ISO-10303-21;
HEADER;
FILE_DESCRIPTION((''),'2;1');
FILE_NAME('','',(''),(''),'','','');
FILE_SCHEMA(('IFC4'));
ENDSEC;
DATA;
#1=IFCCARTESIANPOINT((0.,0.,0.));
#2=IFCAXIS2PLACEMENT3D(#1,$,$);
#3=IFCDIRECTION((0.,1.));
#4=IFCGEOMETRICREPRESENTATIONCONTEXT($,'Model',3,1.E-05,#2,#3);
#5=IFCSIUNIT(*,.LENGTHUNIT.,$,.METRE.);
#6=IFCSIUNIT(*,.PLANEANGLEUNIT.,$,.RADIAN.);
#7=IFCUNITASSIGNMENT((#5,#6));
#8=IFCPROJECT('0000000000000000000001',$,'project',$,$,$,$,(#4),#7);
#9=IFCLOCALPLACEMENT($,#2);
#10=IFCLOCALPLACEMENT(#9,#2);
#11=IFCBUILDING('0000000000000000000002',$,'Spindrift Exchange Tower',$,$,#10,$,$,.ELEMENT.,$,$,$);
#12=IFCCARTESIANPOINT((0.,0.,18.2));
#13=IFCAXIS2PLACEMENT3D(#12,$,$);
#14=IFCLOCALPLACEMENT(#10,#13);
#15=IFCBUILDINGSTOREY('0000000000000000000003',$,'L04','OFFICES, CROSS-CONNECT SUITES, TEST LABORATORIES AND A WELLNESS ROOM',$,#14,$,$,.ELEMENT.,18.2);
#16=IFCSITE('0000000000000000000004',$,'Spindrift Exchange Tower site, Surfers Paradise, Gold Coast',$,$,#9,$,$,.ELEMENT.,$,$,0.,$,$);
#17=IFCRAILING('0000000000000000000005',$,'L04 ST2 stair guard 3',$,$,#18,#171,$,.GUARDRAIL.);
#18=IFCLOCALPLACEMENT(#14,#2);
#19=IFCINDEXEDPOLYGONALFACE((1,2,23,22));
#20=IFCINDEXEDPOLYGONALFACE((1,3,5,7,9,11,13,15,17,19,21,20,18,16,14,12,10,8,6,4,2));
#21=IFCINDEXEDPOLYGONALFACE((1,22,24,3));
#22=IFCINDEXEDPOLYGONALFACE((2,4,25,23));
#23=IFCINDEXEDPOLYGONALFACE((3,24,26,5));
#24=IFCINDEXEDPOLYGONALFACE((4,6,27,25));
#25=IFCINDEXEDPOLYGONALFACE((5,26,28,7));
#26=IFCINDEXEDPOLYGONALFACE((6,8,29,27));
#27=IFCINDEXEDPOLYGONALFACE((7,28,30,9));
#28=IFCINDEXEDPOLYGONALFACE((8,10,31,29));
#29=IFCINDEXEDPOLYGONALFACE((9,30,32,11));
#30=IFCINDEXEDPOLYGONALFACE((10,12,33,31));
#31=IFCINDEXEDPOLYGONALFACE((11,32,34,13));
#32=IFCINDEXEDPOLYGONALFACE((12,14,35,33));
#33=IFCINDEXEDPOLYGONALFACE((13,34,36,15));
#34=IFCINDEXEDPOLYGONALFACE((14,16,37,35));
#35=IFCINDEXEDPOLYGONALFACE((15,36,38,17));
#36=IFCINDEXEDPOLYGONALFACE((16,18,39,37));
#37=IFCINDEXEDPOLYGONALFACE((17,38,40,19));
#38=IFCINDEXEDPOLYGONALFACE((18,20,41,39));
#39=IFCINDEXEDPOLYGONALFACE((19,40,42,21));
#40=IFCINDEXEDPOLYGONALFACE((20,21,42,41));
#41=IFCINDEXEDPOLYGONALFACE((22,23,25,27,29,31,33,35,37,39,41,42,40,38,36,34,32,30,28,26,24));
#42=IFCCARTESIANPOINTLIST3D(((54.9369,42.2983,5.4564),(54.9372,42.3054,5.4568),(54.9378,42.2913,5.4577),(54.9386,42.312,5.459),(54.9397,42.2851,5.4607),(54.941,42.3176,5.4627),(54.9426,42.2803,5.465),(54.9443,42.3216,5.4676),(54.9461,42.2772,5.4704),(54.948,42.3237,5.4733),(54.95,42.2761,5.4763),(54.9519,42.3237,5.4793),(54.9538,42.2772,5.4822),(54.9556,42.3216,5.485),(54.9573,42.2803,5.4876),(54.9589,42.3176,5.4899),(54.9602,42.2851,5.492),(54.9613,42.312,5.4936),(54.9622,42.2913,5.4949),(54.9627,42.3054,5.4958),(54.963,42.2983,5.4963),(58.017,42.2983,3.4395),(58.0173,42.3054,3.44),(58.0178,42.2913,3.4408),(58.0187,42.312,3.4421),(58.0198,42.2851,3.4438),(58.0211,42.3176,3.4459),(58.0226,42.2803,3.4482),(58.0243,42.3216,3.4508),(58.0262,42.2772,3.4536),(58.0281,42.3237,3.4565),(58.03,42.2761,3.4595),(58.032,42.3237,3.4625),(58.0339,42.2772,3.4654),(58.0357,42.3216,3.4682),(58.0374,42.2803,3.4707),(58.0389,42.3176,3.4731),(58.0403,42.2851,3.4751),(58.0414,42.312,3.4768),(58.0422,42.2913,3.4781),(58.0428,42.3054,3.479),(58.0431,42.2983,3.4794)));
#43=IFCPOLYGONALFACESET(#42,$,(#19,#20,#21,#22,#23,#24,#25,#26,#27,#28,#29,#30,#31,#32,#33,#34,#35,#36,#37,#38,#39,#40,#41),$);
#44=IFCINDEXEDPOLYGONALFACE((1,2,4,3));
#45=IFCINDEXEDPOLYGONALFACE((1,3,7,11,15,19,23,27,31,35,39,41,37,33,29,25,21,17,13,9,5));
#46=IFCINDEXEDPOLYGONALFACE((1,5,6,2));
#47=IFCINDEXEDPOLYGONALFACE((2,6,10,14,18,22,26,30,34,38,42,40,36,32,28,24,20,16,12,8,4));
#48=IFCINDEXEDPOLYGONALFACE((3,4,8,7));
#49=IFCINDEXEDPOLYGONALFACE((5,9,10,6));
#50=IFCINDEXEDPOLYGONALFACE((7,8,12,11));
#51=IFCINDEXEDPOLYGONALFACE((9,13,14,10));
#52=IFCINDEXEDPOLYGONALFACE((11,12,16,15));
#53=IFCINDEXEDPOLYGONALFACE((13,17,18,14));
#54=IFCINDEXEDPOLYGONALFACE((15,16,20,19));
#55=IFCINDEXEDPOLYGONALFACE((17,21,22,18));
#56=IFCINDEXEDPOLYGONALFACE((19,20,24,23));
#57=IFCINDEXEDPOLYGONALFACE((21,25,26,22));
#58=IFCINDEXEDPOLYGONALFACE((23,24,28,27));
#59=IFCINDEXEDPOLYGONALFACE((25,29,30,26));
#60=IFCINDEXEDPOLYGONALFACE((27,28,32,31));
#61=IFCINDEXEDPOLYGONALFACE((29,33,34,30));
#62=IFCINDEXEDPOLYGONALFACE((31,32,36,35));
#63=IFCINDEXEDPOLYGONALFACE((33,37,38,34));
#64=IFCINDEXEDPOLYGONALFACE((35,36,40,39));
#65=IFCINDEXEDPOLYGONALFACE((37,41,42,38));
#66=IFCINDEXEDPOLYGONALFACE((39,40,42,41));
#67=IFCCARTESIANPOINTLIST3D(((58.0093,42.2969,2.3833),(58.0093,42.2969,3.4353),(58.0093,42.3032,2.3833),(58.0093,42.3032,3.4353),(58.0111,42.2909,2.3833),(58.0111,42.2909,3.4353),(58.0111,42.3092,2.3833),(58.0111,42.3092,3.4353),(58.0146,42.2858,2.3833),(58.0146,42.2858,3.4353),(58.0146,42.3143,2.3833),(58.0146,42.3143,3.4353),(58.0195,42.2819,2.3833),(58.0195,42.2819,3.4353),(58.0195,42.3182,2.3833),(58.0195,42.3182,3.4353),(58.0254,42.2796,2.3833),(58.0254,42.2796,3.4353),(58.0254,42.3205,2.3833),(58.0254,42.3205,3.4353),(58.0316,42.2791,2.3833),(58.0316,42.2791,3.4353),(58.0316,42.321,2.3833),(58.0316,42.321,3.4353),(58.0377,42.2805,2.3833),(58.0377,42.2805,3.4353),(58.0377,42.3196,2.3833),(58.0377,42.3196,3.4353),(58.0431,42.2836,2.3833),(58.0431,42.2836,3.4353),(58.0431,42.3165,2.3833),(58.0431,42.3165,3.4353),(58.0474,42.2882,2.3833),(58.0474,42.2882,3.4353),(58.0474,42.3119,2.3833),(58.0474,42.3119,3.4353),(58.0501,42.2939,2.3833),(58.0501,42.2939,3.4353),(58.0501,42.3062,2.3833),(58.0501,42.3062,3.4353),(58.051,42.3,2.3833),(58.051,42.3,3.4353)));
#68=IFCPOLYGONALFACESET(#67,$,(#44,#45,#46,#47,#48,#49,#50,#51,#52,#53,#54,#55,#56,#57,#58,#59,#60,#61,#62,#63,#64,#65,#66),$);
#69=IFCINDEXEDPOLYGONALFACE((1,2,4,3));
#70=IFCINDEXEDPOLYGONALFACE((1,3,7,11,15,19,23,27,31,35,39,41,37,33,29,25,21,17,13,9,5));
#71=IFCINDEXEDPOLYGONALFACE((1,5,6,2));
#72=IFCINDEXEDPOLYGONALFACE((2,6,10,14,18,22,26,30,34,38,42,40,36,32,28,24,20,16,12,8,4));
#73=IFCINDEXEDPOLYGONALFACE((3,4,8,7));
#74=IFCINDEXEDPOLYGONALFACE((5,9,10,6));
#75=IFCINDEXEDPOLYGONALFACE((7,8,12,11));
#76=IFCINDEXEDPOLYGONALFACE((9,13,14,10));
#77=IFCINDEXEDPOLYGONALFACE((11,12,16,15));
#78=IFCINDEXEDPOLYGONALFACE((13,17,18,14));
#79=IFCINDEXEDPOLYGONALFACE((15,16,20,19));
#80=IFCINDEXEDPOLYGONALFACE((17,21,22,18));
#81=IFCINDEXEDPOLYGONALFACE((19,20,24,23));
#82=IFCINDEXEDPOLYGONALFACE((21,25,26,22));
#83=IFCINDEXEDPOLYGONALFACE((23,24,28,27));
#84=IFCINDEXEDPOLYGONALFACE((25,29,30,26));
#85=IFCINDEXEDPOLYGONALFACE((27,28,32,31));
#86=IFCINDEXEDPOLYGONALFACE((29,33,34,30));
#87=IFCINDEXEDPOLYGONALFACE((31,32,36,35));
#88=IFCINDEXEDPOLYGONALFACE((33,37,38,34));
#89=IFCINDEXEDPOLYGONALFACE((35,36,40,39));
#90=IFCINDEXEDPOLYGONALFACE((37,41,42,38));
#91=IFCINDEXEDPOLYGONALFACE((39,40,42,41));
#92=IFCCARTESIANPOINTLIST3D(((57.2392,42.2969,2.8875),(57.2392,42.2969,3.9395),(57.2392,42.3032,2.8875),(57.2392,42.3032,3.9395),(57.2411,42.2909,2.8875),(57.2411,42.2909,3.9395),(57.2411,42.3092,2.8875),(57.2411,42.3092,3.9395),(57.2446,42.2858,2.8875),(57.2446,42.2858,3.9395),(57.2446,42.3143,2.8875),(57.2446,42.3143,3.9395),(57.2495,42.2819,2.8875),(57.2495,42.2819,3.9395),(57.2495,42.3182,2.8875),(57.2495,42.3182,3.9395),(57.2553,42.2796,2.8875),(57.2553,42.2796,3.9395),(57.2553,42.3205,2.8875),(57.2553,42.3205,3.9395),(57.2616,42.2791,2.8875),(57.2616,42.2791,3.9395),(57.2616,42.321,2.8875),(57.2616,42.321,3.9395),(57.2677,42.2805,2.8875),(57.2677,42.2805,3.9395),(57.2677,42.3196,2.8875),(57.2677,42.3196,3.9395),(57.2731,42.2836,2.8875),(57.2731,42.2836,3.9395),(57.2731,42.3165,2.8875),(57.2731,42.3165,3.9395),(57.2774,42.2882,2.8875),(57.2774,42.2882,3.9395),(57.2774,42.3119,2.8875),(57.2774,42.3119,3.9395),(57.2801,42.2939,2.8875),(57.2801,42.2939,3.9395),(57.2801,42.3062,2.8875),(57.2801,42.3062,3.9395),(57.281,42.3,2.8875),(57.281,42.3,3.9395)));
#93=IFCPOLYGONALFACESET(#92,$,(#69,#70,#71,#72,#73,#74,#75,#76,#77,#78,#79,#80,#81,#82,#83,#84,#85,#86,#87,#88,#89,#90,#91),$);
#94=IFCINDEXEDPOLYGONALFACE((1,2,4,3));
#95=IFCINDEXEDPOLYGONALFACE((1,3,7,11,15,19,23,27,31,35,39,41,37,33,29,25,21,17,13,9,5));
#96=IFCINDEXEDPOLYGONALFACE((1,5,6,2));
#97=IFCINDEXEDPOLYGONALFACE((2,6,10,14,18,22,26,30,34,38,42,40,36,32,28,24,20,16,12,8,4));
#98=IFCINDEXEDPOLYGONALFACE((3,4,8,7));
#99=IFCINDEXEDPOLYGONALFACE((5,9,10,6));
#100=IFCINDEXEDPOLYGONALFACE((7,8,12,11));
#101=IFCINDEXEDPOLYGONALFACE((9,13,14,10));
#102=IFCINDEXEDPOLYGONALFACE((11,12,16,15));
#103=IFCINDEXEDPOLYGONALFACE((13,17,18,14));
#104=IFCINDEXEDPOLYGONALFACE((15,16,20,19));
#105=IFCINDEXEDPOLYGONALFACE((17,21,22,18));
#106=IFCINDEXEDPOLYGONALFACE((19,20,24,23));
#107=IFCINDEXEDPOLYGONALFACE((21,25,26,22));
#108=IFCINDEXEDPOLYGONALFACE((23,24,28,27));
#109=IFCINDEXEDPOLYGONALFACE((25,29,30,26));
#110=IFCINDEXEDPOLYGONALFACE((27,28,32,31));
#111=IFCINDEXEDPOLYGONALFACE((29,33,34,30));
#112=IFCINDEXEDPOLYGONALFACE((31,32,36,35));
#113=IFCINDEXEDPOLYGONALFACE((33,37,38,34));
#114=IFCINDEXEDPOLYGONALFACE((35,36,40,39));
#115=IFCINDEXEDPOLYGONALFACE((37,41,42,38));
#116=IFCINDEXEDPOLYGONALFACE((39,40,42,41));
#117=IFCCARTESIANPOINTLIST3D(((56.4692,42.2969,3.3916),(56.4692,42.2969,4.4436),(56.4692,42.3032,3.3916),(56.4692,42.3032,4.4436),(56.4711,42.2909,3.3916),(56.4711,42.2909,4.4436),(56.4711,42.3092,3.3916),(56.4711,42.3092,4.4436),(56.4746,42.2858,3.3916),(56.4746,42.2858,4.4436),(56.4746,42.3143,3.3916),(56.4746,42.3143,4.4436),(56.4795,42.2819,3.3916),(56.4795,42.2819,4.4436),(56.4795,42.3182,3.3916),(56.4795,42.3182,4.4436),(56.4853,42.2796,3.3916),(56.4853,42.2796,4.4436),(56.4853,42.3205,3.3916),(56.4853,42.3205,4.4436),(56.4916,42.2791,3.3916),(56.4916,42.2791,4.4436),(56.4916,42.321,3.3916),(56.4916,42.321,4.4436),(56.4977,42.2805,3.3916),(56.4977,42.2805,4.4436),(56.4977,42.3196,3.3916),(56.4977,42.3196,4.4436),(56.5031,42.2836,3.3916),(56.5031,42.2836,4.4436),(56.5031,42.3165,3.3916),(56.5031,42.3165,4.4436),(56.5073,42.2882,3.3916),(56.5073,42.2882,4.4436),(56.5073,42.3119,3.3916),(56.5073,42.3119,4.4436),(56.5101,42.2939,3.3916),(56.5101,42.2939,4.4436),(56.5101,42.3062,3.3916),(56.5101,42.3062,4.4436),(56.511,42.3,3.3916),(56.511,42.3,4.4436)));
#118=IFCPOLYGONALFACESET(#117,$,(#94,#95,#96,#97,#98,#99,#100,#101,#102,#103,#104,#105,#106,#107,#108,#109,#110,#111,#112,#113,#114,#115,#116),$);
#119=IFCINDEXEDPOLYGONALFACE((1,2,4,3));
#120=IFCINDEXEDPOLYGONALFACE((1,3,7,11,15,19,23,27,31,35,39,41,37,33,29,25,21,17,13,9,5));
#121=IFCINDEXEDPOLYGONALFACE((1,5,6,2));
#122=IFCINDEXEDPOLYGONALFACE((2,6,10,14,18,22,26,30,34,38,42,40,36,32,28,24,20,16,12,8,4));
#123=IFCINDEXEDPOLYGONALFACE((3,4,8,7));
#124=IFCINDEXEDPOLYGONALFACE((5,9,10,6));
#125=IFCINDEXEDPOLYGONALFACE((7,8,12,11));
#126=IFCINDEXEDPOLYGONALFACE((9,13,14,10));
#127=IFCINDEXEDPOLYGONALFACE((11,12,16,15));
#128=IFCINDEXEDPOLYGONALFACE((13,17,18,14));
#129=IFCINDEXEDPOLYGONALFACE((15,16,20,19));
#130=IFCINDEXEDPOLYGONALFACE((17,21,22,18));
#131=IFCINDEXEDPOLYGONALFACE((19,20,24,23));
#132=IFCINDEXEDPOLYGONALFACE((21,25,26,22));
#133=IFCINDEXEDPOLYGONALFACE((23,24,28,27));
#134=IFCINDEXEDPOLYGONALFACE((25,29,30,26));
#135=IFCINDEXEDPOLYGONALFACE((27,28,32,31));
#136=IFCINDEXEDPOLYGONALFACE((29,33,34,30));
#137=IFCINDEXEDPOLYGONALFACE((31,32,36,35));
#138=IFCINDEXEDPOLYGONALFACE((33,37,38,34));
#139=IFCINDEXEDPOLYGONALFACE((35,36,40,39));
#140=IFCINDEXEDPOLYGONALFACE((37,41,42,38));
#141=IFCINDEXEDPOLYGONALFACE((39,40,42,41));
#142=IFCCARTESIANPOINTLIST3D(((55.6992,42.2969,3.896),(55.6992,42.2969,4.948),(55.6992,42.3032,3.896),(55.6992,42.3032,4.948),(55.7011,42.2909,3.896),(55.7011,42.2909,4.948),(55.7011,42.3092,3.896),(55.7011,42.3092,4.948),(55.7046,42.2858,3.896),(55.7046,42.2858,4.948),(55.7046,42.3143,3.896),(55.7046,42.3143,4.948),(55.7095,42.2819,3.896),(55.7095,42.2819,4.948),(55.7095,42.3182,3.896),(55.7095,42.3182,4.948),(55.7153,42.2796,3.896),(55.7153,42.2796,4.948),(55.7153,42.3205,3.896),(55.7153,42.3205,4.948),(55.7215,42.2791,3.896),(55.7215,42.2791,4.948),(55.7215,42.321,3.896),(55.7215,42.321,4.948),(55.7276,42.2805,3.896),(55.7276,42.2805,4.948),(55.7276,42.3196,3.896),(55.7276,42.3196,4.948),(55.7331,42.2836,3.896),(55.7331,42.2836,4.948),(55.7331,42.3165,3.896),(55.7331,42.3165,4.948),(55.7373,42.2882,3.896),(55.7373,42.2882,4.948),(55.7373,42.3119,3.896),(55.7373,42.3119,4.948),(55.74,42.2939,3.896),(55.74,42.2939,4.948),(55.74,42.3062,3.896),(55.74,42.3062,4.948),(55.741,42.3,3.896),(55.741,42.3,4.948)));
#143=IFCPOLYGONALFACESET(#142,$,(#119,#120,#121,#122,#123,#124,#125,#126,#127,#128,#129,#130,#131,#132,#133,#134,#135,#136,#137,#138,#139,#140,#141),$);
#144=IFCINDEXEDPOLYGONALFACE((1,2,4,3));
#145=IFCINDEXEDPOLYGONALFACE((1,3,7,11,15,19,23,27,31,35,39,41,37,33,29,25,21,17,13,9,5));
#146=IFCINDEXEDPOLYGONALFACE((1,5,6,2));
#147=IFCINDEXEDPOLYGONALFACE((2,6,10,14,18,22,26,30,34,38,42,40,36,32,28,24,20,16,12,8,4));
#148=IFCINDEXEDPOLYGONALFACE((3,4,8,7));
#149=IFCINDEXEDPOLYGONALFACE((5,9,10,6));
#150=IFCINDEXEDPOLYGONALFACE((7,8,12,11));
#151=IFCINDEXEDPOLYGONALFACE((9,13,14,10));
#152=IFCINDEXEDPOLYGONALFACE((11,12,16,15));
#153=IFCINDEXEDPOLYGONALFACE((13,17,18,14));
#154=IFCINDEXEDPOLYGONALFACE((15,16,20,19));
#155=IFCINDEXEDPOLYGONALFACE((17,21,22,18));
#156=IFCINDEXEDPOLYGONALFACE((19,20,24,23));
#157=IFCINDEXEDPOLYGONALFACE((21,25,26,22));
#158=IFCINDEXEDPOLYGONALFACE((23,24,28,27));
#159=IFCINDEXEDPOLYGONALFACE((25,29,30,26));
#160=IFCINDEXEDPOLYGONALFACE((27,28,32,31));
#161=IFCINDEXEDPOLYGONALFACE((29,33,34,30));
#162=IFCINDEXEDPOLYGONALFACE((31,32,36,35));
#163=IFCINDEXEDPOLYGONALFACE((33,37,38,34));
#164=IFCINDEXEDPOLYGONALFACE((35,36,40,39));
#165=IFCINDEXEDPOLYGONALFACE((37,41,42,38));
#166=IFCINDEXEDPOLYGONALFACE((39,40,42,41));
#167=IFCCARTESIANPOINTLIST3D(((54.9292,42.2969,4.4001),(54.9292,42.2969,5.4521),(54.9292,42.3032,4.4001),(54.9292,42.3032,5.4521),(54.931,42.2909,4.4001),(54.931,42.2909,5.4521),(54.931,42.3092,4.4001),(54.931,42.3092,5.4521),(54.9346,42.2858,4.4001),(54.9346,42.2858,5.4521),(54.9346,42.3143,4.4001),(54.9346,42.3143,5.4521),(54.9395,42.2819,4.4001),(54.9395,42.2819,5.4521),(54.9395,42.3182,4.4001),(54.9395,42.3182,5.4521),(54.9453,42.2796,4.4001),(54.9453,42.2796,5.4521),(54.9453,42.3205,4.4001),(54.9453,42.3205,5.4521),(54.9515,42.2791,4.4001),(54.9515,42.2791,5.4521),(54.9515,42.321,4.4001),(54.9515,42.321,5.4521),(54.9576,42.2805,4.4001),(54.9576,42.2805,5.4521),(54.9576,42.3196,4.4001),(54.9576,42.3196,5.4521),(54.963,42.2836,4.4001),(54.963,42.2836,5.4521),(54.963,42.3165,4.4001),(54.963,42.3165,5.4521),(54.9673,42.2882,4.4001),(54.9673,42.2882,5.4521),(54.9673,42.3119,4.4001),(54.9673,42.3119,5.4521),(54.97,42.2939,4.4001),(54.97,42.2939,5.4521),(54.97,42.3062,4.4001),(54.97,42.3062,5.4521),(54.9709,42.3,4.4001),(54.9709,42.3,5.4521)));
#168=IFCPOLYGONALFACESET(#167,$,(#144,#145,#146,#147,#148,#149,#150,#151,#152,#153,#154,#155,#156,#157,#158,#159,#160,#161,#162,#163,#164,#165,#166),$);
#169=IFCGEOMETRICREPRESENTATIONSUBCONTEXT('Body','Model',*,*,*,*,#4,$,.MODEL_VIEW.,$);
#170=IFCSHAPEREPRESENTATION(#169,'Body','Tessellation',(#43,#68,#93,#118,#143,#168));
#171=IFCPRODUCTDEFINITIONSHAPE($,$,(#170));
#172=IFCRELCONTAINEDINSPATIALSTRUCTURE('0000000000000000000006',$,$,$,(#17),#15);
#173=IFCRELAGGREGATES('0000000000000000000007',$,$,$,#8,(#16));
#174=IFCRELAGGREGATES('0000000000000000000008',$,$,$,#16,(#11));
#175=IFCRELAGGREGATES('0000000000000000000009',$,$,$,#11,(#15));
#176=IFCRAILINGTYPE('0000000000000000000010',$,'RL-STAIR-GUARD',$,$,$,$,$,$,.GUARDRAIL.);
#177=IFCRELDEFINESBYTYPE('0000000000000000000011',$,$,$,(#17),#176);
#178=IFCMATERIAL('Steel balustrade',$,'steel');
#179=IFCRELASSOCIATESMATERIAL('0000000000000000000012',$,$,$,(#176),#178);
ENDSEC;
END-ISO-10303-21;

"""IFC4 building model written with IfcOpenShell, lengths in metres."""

from ifc_helpers import new_model, si_unit, direction, frame, origin, origin_2d, place, context, subcontext, project, spatial, circle, extrude, material, type_object, element, save


model = new_model("IFC4")

# Units and contexts
model_context = context("Model", 3, precision=1e-05, world=origin(), true_north=direction((0.0, 1.0)))
body_context = subcontext(model_context, "Body", "Model", "MODEL_VIEW")
ifc_project = project(units=[si_unit("LENGTHUNIT", "METRE"), si_unit("PLANEANGLEUNIT", "RADIAN")], contexts=[model_context])

# Site, building, storey
site_placement = place(None, origin())
site = spatial("IfcSite", under=ifc_project, at=site_placement, Name="Spindrift Exchange Tower site, Surfers Paradise, Gold Coast", CompositionType="ELEMENT", RefElevation=0.0)
building_placement = place(site_placement, origin())
building = spatial("IfcBuilding", under=site, at=building_placement, Name="Spindrift Exchange Tower", CompositionType="ELEMENT")
storey_placement = place(building_placement, frame((0.0, 0.0, 18.2)))
storey = spatial("IfcBuildingStorey", under=building, at=storey_placement, Name="L04", Description="OFFICES, CROSS-CONNECT SUITES, TEST LABORATORIES AND A WELLNESS ROOM", CompositionType="ELEMENT", Elevation=18.2)

# Railing
ifc_material_1 = material(Name="Steel balustrade", Category="steel")
railing_type_1 = type_object("IfcRailingType", Name="RL-STAIR-GUARD", PredefinedType="GUARDRAIL", material=ifc_material_1)
railing_1_placement = place(storey_placement, frame((58.03, 42.3, 2.3833)))
element("IfcRailing", 1, at=railing_1_placement, inside=storey, type_object=railing_type_1, Name="L04 ST2 stair guard 3", PredefinedType="GUARDRAIL", context=body_context, shape_type="SweptSolid", body=[
    extrude(circle(Radius=0.0239, at=origin_2d()), frame((0.0, 0.0, 1.0762), z_axis=(-0.836603, 0.0, 0.54781), x_axis=(0.0, -1.0, 0.0)), (0.0, 0.0, 1.0), 3.6816),
    extrude(circle(Radius=0.021, at=origin_2d()), origin(), (0.0, 0.0, 1.0), 1.052),
    extrude(circle(Radius=0.021, at=origin_2d()), frame((-0.77, 0.0, 0.5042)), (0.0, 0.0, 1.0), 1.052),
    extrude(circle(Radius=0.021, at=origin_2d()), frame((-1.54, 0.0, 1.0083)), (0.0, 0.0, 1.0), 1.052),
    extrude(circle(Radius=0.021, at=origin_2d()), frame((-2.3101, 0.0, 1.5127)), (0.0, 0.0, 1.0), 1.052),
    extrude(circle(Radius=0.021, at=origin_2d()), frame((-3.0801, 0.0, 2.0168)), (0.0, 0.0, 1.0), 1.052),
])

save(model, "model.ifc")
